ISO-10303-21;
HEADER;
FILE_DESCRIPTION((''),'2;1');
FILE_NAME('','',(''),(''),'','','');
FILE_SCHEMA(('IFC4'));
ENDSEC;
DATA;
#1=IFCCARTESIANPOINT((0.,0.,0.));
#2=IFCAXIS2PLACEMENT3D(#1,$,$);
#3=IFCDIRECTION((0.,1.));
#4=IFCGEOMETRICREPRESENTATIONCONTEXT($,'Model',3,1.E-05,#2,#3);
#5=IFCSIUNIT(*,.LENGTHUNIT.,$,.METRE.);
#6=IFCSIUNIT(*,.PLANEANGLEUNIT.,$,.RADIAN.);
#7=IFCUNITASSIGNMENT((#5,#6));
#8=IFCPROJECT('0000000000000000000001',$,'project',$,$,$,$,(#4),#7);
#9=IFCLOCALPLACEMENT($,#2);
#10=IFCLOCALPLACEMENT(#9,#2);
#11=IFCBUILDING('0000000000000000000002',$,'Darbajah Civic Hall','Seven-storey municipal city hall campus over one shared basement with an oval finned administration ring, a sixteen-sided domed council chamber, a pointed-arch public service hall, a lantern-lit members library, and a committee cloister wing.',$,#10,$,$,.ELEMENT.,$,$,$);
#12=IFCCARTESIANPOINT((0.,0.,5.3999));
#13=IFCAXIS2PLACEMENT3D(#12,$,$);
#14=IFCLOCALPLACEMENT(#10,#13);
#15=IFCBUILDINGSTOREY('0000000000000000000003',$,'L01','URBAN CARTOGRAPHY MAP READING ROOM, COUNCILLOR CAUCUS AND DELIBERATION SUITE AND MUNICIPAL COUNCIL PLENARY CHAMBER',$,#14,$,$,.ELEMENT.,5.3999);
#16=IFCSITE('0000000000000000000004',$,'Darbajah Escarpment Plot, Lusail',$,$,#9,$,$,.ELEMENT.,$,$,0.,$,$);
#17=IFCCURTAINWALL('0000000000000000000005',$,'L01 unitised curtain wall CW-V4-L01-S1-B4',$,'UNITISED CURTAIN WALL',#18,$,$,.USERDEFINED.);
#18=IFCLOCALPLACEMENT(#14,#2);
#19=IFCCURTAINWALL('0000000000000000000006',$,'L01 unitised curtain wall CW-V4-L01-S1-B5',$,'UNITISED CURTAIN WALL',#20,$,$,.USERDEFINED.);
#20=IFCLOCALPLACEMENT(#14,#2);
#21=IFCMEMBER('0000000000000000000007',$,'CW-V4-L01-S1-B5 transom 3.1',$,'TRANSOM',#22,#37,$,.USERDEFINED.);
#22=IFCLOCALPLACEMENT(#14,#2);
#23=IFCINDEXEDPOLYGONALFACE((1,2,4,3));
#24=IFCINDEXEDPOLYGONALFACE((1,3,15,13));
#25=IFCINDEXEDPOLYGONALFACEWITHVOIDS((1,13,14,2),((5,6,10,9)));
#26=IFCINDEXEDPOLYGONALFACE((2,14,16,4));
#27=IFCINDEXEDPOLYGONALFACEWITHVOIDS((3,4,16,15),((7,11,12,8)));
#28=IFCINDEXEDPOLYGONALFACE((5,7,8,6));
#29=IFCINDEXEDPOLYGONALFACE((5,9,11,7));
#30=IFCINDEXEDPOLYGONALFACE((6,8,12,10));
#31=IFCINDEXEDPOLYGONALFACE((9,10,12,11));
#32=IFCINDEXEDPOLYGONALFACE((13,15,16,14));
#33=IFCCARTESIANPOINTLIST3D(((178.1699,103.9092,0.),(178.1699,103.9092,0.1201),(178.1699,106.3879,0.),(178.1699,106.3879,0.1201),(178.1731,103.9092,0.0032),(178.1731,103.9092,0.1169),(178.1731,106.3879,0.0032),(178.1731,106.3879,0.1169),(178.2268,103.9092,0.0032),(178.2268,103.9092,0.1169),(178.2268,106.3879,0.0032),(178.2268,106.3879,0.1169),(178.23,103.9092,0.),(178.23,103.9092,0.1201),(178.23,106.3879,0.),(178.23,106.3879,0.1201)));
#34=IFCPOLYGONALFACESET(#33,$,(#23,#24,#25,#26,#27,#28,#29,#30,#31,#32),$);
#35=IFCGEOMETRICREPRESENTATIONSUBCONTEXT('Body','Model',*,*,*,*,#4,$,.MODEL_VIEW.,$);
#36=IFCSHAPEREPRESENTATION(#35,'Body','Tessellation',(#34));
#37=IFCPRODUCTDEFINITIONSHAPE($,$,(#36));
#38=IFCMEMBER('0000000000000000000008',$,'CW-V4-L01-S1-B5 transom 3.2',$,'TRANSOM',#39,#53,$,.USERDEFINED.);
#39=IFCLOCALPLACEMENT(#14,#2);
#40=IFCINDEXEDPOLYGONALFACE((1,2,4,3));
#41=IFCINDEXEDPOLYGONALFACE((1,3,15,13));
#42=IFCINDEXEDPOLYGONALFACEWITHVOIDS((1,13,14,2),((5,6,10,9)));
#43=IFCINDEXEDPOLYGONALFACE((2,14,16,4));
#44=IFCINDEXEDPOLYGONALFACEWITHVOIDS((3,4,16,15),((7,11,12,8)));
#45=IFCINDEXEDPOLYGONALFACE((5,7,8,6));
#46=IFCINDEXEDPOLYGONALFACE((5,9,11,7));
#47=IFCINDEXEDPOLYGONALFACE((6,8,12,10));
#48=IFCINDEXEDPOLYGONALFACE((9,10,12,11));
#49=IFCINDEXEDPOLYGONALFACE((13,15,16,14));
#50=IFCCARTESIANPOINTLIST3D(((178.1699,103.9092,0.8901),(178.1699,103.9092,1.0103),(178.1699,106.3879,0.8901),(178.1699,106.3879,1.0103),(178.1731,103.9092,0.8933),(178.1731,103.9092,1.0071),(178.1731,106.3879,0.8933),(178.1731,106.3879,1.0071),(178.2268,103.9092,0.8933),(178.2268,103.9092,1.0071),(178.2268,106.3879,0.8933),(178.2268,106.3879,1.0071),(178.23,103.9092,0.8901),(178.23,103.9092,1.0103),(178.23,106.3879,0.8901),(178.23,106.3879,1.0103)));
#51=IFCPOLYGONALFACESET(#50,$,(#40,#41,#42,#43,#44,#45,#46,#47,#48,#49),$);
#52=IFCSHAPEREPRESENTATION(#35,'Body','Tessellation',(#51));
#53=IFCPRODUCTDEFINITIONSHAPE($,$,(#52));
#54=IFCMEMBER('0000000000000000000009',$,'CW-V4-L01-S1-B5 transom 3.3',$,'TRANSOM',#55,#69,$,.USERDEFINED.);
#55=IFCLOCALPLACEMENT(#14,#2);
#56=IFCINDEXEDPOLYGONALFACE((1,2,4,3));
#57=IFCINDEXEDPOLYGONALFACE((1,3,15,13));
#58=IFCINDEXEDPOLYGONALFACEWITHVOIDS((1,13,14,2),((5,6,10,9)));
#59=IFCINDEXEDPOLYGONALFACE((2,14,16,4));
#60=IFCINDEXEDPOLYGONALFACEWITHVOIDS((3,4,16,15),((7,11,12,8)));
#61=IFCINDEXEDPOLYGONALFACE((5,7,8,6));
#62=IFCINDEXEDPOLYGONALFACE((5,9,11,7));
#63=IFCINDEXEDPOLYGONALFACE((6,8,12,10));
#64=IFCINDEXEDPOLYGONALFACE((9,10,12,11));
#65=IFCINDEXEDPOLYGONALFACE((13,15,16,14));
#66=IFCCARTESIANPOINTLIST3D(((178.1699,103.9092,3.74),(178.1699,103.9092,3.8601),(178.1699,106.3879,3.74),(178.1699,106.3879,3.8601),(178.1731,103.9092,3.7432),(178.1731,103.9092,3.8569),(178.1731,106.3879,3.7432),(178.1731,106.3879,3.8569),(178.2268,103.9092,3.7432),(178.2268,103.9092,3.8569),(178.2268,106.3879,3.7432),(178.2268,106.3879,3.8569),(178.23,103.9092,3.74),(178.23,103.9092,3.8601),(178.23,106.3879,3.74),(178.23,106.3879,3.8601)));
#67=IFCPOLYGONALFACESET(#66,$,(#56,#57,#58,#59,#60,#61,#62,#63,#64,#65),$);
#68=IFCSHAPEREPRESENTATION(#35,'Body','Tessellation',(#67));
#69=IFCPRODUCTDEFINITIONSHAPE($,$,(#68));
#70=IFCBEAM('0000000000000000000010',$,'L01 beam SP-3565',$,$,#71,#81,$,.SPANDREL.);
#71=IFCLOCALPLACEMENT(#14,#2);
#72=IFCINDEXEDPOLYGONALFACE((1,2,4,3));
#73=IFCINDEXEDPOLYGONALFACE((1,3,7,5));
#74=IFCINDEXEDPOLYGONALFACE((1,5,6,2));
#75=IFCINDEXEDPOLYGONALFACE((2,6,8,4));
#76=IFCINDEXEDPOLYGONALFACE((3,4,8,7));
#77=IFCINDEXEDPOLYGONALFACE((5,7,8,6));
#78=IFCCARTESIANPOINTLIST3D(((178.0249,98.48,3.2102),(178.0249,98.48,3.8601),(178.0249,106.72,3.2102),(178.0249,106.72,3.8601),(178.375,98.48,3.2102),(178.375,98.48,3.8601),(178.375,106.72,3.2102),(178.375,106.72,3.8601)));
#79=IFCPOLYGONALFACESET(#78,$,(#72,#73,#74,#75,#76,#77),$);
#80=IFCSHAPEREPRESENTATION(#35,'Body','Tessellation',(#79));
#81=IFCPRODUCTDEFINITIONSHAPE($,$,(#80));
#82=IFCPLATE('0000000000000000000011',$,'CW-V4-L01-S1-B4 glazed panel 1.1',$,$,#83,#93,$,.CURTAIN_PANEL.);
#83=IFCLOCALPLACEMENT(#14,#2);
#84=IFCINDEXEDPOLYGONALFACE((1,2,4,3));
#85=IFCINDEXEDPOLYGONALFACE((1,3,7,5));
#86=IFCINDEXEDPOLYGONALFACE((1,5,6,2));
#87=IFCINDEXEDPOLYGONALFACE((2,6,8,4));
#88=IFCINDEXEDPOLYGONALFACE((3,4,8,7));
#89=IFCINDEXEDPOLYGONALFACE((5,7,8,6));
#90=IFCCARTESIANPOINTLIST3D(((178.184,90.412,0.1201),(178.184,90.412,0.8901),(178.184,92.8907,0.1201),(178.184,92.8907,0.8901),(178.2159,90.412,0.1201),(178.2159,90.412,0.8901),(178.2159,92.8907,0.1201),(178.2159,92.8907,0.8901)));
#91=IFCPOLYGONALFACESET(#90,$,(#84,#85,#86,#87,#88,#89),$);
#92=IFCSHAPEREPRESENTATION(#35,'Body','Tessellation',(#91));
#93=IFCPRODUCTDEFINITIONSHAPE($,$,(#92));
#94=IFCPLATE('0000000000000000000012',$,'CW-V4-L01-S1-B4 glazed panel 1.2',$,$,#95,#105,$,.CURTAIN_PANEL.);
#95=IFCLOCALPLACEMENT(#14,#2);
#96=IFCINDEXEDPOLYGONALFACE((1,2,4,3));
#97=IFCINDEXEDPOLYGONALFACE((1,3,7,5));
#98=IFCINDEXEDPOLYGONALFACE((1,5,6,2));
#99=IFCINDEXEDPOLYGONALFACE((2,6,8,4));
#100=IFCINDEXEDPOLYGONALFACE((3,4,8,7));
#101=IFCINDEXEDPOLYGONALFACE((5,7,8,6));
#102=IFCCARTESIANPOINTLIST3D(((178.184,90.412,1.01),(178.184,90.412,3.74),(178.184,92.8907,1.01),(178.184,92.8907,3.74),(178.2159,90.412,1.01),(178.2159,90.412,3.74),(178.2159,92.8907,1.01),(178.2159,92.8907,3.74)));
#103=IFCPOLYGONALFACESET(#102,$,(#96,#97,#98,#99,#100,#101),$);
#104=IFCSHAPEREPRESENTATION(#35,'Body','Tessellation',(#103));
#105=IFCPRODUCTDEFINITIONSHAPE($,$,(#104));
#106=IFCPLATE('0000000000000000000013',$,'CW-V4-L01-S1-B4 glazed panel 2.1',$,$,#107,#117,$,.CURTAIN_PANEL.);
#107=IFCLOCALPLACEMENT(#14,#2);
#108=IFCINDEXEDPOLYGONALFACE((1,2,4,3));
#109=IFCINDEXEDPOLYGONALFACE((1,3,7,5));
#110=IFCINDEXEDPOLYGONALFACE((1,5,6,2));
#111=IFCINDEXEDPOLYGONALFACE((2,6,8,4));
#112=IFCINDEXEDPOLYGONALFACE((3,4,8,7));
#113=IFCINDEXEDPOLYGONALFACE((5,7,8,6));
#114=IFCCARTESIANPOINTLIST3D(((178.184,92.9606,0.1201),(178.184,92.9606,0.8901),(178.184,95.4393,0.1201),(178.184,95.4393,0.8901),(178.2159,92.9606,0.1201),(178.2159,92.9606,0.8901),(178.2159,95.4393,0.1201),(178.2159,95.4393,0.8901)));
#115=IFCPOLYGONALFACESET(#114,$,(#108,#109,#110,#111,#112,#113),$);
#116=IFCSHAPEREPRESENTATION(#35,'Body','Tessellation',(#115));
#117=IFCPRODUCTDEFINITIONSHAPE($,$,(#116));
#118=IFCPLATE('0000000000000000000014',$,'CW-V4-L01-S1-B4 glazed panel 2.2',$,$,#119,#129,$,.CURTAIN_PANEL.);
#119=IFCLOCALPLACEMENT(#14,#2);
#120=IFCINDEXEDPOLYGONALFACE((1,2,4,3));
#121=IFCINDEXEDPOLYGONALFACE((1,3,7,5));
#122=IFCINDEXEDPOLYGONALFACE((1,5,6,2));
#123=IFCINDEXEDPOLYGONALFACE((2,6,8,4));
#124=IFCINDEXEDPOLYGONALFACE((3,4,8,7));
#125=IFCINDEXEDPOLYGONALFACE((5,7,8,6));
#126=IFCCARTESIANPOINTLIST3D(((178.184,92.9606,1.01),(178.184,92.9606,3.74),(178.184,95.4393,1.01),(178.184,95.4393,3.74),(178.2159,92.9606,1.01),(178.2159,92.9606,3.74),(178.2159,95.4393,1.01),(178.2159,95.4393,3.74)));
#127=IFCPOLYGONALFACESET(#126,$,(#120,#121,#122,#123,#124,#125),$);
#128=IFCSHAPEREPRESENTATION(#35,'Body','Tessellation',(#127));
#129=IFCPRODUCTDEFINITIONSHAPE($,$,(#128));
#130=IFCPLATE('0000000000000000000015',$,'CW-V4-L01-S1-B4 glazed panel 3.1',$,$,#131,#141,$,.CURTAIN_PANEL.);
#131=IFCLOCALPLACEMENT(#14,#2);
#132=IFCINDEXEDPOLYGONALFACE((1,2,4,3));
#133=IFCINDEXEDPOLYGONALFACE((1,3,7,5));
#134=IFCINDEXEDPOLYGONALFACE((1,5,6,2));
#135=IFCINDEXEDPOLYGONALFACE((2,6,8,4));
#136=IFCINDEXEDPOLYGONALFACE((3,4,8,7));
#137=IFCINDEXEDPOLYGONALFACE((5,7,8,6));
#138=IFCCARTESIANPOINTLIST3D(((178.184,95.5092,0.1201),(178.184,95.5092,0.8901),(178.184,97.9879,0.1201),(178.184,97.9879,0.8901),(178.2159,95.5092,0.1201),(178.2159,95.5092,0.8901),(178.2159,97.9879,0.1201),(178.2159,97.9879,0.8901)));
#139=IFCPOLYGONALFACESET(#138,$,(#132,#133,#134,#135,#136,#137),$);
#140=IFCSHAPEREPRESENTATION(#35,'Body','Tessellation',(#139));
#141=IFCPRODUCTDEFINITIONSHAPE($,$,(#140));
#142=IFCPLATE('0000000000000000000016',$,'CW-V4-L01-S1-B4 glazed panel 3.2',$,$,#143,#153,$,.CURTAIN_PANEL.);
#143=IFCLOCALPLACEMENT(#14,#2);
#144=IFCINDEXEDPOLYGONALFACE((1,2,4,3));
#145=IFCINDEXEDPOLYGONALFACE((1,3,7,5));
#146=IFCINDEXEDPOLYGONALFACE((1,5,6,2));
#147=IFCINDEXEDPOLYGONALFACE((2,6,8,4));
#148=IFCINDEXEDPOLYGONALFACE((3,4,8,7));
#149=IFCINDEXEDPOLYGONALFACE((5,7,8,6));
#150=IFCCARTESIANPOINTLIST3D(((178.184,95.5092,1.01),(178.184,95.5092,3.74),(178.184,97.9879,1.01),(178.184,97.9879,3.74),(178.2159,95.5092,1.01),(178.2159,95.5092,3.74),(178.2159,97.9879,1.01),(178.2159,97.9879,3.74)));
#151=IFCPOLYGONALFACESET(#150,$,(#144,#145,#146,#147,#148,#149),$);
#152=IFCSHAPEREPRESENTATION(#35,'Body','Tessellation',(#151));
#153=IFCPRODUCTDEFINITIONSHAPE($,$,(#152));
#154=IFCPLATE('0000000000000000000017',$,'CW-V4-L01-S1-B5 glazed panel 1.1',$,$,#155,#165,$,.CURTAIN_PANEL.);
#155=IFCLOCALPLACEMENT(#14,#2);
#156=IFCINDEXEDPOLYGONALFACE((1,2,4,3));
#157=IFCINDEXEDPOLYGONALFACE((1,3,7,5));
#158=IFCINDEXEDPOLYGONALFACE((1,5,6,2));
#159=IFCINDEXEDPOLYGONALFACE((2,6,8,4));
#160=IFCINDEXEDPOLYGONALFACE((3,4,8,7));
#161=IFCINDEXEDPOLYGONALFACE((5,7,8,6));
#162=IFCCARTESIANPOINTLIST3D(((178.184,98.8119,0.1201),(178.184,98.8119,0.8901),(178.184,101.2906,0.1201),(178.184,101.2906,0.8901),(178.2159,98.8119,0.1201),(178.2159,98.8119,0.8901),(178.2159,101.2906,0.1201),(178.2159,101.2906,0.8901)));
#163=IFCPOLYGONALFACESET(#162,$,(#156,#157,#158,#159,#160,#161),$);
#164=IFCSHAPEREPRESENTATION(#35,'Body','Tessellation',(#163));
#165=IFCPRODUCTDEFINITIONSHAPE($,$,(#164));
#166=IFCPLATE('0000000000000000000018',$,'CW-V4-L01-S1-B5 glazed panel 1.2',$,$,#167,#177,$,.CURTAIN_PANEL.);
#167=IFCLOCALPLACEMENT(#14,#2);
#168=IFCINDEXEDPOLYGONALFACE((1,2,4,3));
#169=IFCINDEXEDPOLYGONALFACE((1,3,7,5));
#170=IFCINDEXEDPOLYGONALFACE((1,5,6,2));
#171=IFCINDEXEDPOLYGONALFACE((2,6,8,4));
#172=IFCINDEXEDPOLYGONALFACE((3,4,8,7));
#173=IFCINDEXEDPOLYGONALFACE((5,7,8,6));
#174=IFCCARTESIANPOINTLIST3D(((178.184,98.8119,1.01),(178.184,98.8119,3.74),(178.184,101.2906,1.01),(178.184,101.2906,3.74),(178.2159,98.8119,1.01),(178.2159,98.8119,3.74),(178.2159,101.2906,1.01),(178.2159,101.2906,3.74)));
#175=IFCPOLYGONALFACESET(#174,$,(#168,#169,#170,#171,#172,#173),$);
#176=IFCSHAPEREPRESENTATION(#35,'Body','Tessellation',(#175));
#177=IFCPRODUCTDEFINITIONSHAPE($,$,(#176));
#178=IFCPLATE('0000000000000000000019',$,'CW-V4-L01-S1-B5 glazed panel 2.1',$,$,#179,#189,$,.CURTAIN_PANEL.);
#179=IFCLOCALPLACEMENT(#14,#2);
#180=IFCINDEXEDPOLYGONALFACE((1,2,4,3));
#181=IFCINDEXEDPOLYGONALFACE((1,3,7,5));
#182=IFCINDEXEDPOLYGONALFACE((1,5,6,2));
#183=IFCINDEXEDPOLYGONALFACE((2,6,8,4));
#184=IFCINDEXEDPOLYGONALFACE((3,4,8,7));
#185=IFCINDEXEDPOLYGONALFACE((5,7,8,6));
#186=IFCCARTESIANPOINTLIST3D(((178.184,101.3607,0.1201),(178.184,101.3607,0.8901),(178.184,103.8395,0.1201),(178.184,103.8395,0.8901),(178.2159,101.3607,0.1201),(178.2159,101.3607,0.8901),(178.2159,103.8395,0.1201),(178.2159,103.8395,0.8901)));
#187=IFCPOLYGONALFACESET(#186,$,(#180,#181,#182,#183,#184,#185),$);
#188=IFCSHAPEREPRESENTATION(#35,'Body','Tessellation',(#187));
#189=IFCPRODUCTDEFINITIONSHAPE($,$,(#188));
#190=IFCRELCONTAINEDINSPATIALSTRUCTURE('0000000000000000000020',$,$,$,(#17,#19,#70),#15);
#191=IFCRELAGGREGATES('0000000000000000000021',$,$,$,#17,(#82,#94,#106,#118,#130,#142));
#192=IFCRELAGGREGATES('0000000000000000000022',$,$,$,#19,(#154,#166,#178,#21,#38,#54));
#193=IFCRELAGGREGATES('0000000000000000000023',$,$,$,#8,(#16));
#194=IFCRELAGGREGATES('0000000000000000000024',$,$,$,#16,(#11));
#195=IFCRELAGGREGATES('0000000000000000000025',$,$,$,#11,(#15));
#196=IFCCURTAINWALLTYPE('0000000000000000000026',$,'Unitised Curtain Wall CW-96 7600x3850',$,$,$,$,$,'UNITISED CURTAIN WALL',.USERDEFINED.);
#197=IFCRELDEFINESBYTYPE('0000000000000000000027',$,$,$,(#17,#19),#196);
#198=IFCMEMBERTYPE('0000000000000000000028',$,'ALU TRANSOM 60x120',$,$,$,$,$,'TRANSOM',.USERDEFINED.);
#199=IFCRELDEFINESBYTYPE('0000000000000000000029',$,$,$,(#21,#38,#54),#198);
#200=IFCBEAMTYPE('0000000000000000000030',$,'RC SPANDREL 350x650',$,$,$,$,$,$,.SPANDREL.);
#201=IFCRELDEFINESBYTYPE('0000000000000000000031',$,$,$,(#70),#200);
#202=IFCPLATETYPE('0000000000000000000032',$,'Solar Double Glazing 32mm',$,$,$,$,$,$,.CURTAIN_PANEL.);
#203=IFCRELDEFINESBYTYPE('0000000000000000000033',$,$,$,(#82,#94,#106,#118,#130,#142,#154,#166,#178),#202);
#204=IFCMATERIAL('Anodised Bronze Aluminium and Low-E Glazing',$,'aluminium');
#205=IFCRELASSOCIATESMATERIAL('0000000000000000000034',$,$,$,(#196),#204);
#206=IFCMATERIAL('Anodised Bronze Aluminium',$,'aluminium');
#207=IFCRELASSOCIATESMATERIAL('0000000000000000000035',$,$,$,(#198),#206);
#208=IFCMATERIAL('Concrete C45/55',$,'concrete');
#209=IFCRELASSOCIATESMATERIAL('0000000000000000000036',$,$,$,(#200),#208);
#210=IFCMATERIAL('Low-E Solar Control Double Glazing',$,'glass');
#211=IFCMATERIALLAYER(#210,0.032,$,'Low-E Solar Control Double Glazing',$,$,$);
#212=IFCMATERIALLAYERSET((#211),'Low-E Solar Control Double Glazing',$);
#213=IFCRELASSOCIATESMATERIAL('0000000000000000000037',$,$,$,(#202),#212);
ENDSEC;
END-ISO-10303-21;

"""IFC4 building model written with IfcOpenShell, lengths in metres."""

from ifc_helpers import new_model, si_unit, direction, frame, origin, origin_2d, place, context, subcontext, project, spatial, rectangle, hollow_rectangle, extrude, material, layer, layer_set, material_profile, profile_set, type_object, element, aggregate, save


model = new_model("IFC4")

# Units and contexts
model_context = context("Model", 3, precision=1e-05, world=origin(), true_north=direction((0.0, 1.0)))
body_context = subcontext(model_context, "Body", "Model", "MODEL_VIEW")
ifc_project = project(units=[si_unit("LENGTHUNIT", "METRE"), si_unit("PLANEANGLEUNIT", "RADIAN")], contexts=[model_context])

# Site, building, storey
site_placement = place(None, origin())
site = spatial("IfcSite", under=ifc_project, at=site_placement, Name="Darbajah Escarpment Plot, Lusail", CompositionType="ELEMENT", RefElevation=0.0)
building_placement = place(site_placement, origin())
building = spatial("IfcBuilding", under=site, at=building_placement, Name="Darbajah Civic Hall", Description="Seven-storey municipal city hall campus over one shared basement with an oval finned administration ring, a sixteen-sided domed council chamber, a pointed-arch public service hall, a lantern-lit members library, and a committee cloister wing.", CompositionType="ELEMENT")
storey_placement = place(building_placement, frame((0.0, 0.0, 5.3999)))
storey = spatial("IfcBuildingStorey", under=building, at=storey_placement, Name="L01", Description="URBAN CARTOGRAPHY MAP READING ROOM, COUNCILLOR CAUCUS AND DELIBERATION SUITE AND MUNICIPAL COUNCIL PLENARY CHAMBER", CompositionType="ELEMENT", Elevation=5.3999)

# Curtain walls
ifc_material_1 = material(Name="Anodised Bronze Aluminium and Low-E Glazing", Category="aluminium")
curtain_wall_type = type_object("IfcCurtainWallType", Name="Unitised Curtain Wall CW-96 7600x3850", ElementType="UNITISED CURTAIN WALL", PredefinedType="USERDEFINED", material=ifc_material_1)
curtain_wall_1_placement = place(storey_placement, origin())
curtain_wall_1 = element("IfcCurtainWall", 1, at=curtain_wall_1_placement, inside=storey, type_object=curtain_wall_type, Name="L01 unitised curtain wall CW-V4-L01-S1-B4", ObjectType="UNITISED CURTAIN WALL", PredefinedType="USERDEFINED")
ifc_material_2 = material(Name="Anodised Bronze Aluminium", Category="aluminium")
curtain_wall_2_placement = place(storey_placement, origin())
curtain_wall_2 = element("IfcCurtainWall", 2, at=curtain_wall_2_placement, inside=storey, type_object=curtain_wall_type, Name="L01 unitised curtain wall CW-V4-L01-S1-B5", ObjectType="UNITISED CURTAIN WALL", PredefinedType="USERDEFINED")

# Members
ifc_material_profile_1 = material_profile(ifc_material_2, hollow_rectangle(XDim=0.0601, YDim=0.1201, WallThickness=0.0032, at=origin_2d()), Name="ALU TRANSOM 60x120")
ifc_profile_set_1 = profile_set([ifc_material_profile_1], Name="Anodised Bronze Aluminium")
member_type_1 = type_object("IfcMemberType", Name="ALU TRANSOM 60x120", ElementType="TRANSOM", PredefinedType="USERDEFINED", material=ifc_profile_set_1)
member_1_placement = place(storey_placement, frame((178.2, 103.9092, 0.0601), z_axis=(0.0, 1.0, 0.0), x_axis=(-1.0, 0.0, 0.0)))
member_1 = element("IfcMember", 3, at=member_1_placement, type_object=member_type_1, Name="CW-V4-L01-S1-B5 transom 3.1", ObjectType="TRANSOM", PredefinedType="USERDEFINED", context=body_context, shape_type="SweptSolid", body=[
    extrude(hollow_rectangle(XDim=0.0601, YDim=0.1201, WallThickness=0.0032, at=origin_2d()), origin(), (0.0, 0.0, 1.0), 2.4788),
])
member_2_placement = place(storey_placement, frame((178.2, 103.9092, 0.9502), z_axis=(0.0, 1.0, 0.0), x_axis=(-1.0, 0.0, 0.0)))
member_2 = element("IfcMember", 4, at=member_2_placement, type_object=member_type_1, Name="CW-V4-L01-S1-B5 transom 3.2", ObjectType="TRANSOM", PredefinedType="USERDEFINED", context=body_context, shape_type="SweptSolid", body=[
    extrude(hollow_rectangle(XDim=0.0601, YDim=0.1201, WallThickness=0.0032, at=origin_2d()), origin(), (0.0, 0.0, 1.0), 2.4788),
])
member_3_placement = place(storey_placement, frame((178.2, 103.9092, 3.8), z_axis=(0.0, 1.0, 0.0), x_axis=(-1.0, 0.0, 0.0)))
member_3 = element("IfcMember", 5, at=member_3_placement, type_object=member_type_1, Name="CW-V4-L01-S1-B5 transom 3.3", ObjectType="TRANSOM", PredefinedType="USERDEFINED", context=body_context, shape_type="SweptSolid", body=[
    extrude(hollow_rectangle(XDim=0.0601, YDim=0.1201, WallThickness=0.0032, at=origin_2d()), origin(), (0.0, 0.0, 1.0), 2.4788),
])

# Beam
ifc_material_3 = material(Name="Concrete C45/55", Category="concrete")
ifc_material_profile_2 = material_profile(ifc_material_3, rectangle(XDim=0.3501, YDim=0.6499, at=origin_2d()), Name="RC SPANDREL 350x650")
ifc_profile_set_2 = profile_set([ifc_material_profile_2], Name="Concrete C45/55")
beam_type = type_object("IfcBeamType", Name="RC SPANDREL 350x650", PredefinedType="SPANDREL", material=ifc_profile_set_2)
beam_placement = place(storey_placement, frame((178.2, 98.48, 3.5352), z_axis=(0.0, 1.0, 0.0), x_axis=(-1.0, 0.0, 0.0)))
element("IfcBeam", 6, at=beam_placement, inside=storey, type_object=beam_type, Name="L01 beam SP-3565", PredefinedType="SPANDREL", context=body_context, shape_type="SweptSolid", body=[
    extrude(rectangle(XDim=0.3501, YDim=0.6499, at=origin_2d()), origin(), (0.0, 0.0, 1.0), 8.24),
])

# Plates
ifc_material_4 = material(Name="Low-E Solar Control Double Glazing", Category="glass")
ifc_layer = layer(ifc_material_4, 0.032, Name="Low-E Solar Control Double Glazing")
ifc_layer_set = layer_set([ifc_layer], Name="Low-E Solar Control Double Glazing")
plate_type = type_object("IfcPlateType", Name="Solar Double Glazing 32mm", PredefinedType="CURTAIN_PANEL", material=ifc_layer_set)
plate_1_placement = place(storey_placement, frame((178.2, 91.6514, 0.1201), z_axis=(0.0, 0.0, 1.0), x_axis=(0.0, 1.0, 0.0)))
plate_1 = element("IfcPlate", 7, at=plate_1_placement, type_object=plate_type, Name="CW-V4-L01-S1-B4 glazed panel 1.1", PredefinedType="CURTAIN_PANEL", context=body_context, shape_type="SweptSolid", body=[
    extrude(rectangle(XDim=2.4788, YDim=0.032, at=origin_2d()), origin(), (0.0, 0.0, 1.0), 0.77),
])
plate_2_placement = place(storey_placement, frame((178.2, 91.6514, 1.01), z_axis=(0.0, 0.0, 1.0), x_axis=(0.0, 1.0, 0.0)))
plate_2 = element("IfcPlate", 8, at=plate_2_placement, type_object=plate_type, Name="CW-V4-L01-S1-B4 glazed panel 1.2", PredefinedType="CURTAIN_PANEL", context=body_context, shape_type="SweptSolid", body=[
    extrude(rectangle(XDim=2.4788, YDim=0.032, at=origin_2d()), origin(), (0.0, 0.0, 1.0), 2.73),
])
plate_3_placement = place(storey_placement, frame((178.2, 94.2, 0.1201), z_axis=(0.0, 0.0, 1.0), x_axis=(0.0, 1.0, 0.0)))
plate_3 = element("IfcPlate", 9, at=plate_3_placement, type_object=plate_type, Name="CW-V4-L01-S1-B4 glazed panel 2.1", PredefinedType="CURTAIN_PANEL", context=body_context, shape_type="SweptSolid", body=[
    extrude(rectangle(XDim=2.4788, YDim=0.032, at=origin_2d()), origin(), (0.0, 0.0, 1.0), 0.77),
])
plate_4_placement = place(storey_placement, frame((178.2, 94.2, 1.01), z_axis=(0.0, 0.0, 1.0), x_axis=(0.0, 1.0, 0.0)))
plate_4 = element("IfcPlate", 10, at=plate_4_placement, type_object=plate_type, Name="CW-V4-L01-S1-B4 glazed panel 2.2", PredefinedType="CURTAIN_PANEL", context=body_context, shape_type="SweptSolid", body=[
    extrude(rectangle(XDim=2.4788, YDim=0.032, at=origin_2d()), origin(), (0.0, 0.0, 1.0), 2.73),
])
plate_5_placement = place(storey_placement, frame((178.2, 96.7485, 0.1201), z_axis=(0.0, 0.0, 1.0), x_axis=(0.0, 1.0, 0.0)))
plate_5 = element("IfcPlate", 11, at=plate_5_placement, type_object=plate_type, Name="CW-V4-L01-S1-B4 glazed panel 3.1", PredefinedType="CURTAIN_PANEL", context=body_context, shape_type="SweptSolid", body=[
    extrude(rectangle(XDim=2.4788, YDim=0.032, at=origin_2d()), origin(), (0.0, 0.0, 1.0), 0.77),
])
plate_6_placement = place(storey_placement, frame((178.2, 96.7485, 1.01), z_axis=(0.0, 0.0, 1.0), x_axis=(0.0, 1.0, 0.0)))
plate_6 = element("IfcPlate", 12, at=plate_6_placement, type_object=plate_type, Name="CW-V4-L01-S1-B4 glazed panel 3.2", PredefinedType="CURTAIN_PANEL", context=body_context, shape_type="SweptSolid", body=[
    extrude(rectangle(XDim=2.4788, YDim=0.032, at=origin_2d()), origin(), (0.0, 0.0, 1.0), 2.73),
])
aggregate(curtain_wall_1, [plate_1, plate_2, plate_3, plate_4, plate_5, plate_6])
plate_7_placement = place(storey_placement, frame((178.2, 100.0513, 0.1201), z_axis=(0.0, 0.0, 1.0), x_axis=(0.0, 1.0, 0.0)))
plate_7 = element("IfcPlate", 13, at=plate_7_placement, type_object=plate_type, Name="CW-V4-L01-S1-B5 glazed panel 1.1", PredefinedType="CURTAIN_PANEL", context=body_context, shape_type="SweptSolid", body=[
    extrude(rectangle(XDim=2.4788, YDim=0.032, at=origin_2d()), origin(), (0.0, 0.0, 1.0), 0.77),
])
plate_8_placement = place(storey_placement, frame((178.2, 100.0513, 1.01), z_axis=(0.0, 0.0, 1.0), x_axis=(0.0, 1.0, 0.0)))
plate_8 = element("IfcPlate", 14, at=plate_8_placement, type_object=plate_type, Name="CW-V4-L01-S1-B5 glazed panel 1.2", PredefinedType="CURTAIN_PANEL", context=body_context, shape_type="SweptSolid", body=[
    extrude(rectangle(XDim=2.4788, YDim=0.032, at=origin_2d()), origin(), (0.0, 0.0, 1.0), 2.73),
])
plate_9_placement = place(storey_placement, frame((178.2, 102.6001, 0.1201), z_axis=(0.0, 0.0, 1.0), x_axis=(0.0, 1.0, 0.0)))
plate_9 = element("IfcPlate", 15, at=plate_9_placement, type_object=plate_type, Name="CW-V4-L01-S1-B5 glazed panel 2.1", PredefinedType="CURTAIN_PANEL", context=body_context, shape_type="SweptSolid", body=[
    extrude(rectangle(XDim=2.4788, YDim=0.032, at=origin_2d()), origin(), (0.0, 0.0, 1.0), 0.77),
])
aggregate(curtain_wall_2, [plate_7, plate_8, plate_9, member_1, member_2, member_3])

save(model, "model.ifc")
